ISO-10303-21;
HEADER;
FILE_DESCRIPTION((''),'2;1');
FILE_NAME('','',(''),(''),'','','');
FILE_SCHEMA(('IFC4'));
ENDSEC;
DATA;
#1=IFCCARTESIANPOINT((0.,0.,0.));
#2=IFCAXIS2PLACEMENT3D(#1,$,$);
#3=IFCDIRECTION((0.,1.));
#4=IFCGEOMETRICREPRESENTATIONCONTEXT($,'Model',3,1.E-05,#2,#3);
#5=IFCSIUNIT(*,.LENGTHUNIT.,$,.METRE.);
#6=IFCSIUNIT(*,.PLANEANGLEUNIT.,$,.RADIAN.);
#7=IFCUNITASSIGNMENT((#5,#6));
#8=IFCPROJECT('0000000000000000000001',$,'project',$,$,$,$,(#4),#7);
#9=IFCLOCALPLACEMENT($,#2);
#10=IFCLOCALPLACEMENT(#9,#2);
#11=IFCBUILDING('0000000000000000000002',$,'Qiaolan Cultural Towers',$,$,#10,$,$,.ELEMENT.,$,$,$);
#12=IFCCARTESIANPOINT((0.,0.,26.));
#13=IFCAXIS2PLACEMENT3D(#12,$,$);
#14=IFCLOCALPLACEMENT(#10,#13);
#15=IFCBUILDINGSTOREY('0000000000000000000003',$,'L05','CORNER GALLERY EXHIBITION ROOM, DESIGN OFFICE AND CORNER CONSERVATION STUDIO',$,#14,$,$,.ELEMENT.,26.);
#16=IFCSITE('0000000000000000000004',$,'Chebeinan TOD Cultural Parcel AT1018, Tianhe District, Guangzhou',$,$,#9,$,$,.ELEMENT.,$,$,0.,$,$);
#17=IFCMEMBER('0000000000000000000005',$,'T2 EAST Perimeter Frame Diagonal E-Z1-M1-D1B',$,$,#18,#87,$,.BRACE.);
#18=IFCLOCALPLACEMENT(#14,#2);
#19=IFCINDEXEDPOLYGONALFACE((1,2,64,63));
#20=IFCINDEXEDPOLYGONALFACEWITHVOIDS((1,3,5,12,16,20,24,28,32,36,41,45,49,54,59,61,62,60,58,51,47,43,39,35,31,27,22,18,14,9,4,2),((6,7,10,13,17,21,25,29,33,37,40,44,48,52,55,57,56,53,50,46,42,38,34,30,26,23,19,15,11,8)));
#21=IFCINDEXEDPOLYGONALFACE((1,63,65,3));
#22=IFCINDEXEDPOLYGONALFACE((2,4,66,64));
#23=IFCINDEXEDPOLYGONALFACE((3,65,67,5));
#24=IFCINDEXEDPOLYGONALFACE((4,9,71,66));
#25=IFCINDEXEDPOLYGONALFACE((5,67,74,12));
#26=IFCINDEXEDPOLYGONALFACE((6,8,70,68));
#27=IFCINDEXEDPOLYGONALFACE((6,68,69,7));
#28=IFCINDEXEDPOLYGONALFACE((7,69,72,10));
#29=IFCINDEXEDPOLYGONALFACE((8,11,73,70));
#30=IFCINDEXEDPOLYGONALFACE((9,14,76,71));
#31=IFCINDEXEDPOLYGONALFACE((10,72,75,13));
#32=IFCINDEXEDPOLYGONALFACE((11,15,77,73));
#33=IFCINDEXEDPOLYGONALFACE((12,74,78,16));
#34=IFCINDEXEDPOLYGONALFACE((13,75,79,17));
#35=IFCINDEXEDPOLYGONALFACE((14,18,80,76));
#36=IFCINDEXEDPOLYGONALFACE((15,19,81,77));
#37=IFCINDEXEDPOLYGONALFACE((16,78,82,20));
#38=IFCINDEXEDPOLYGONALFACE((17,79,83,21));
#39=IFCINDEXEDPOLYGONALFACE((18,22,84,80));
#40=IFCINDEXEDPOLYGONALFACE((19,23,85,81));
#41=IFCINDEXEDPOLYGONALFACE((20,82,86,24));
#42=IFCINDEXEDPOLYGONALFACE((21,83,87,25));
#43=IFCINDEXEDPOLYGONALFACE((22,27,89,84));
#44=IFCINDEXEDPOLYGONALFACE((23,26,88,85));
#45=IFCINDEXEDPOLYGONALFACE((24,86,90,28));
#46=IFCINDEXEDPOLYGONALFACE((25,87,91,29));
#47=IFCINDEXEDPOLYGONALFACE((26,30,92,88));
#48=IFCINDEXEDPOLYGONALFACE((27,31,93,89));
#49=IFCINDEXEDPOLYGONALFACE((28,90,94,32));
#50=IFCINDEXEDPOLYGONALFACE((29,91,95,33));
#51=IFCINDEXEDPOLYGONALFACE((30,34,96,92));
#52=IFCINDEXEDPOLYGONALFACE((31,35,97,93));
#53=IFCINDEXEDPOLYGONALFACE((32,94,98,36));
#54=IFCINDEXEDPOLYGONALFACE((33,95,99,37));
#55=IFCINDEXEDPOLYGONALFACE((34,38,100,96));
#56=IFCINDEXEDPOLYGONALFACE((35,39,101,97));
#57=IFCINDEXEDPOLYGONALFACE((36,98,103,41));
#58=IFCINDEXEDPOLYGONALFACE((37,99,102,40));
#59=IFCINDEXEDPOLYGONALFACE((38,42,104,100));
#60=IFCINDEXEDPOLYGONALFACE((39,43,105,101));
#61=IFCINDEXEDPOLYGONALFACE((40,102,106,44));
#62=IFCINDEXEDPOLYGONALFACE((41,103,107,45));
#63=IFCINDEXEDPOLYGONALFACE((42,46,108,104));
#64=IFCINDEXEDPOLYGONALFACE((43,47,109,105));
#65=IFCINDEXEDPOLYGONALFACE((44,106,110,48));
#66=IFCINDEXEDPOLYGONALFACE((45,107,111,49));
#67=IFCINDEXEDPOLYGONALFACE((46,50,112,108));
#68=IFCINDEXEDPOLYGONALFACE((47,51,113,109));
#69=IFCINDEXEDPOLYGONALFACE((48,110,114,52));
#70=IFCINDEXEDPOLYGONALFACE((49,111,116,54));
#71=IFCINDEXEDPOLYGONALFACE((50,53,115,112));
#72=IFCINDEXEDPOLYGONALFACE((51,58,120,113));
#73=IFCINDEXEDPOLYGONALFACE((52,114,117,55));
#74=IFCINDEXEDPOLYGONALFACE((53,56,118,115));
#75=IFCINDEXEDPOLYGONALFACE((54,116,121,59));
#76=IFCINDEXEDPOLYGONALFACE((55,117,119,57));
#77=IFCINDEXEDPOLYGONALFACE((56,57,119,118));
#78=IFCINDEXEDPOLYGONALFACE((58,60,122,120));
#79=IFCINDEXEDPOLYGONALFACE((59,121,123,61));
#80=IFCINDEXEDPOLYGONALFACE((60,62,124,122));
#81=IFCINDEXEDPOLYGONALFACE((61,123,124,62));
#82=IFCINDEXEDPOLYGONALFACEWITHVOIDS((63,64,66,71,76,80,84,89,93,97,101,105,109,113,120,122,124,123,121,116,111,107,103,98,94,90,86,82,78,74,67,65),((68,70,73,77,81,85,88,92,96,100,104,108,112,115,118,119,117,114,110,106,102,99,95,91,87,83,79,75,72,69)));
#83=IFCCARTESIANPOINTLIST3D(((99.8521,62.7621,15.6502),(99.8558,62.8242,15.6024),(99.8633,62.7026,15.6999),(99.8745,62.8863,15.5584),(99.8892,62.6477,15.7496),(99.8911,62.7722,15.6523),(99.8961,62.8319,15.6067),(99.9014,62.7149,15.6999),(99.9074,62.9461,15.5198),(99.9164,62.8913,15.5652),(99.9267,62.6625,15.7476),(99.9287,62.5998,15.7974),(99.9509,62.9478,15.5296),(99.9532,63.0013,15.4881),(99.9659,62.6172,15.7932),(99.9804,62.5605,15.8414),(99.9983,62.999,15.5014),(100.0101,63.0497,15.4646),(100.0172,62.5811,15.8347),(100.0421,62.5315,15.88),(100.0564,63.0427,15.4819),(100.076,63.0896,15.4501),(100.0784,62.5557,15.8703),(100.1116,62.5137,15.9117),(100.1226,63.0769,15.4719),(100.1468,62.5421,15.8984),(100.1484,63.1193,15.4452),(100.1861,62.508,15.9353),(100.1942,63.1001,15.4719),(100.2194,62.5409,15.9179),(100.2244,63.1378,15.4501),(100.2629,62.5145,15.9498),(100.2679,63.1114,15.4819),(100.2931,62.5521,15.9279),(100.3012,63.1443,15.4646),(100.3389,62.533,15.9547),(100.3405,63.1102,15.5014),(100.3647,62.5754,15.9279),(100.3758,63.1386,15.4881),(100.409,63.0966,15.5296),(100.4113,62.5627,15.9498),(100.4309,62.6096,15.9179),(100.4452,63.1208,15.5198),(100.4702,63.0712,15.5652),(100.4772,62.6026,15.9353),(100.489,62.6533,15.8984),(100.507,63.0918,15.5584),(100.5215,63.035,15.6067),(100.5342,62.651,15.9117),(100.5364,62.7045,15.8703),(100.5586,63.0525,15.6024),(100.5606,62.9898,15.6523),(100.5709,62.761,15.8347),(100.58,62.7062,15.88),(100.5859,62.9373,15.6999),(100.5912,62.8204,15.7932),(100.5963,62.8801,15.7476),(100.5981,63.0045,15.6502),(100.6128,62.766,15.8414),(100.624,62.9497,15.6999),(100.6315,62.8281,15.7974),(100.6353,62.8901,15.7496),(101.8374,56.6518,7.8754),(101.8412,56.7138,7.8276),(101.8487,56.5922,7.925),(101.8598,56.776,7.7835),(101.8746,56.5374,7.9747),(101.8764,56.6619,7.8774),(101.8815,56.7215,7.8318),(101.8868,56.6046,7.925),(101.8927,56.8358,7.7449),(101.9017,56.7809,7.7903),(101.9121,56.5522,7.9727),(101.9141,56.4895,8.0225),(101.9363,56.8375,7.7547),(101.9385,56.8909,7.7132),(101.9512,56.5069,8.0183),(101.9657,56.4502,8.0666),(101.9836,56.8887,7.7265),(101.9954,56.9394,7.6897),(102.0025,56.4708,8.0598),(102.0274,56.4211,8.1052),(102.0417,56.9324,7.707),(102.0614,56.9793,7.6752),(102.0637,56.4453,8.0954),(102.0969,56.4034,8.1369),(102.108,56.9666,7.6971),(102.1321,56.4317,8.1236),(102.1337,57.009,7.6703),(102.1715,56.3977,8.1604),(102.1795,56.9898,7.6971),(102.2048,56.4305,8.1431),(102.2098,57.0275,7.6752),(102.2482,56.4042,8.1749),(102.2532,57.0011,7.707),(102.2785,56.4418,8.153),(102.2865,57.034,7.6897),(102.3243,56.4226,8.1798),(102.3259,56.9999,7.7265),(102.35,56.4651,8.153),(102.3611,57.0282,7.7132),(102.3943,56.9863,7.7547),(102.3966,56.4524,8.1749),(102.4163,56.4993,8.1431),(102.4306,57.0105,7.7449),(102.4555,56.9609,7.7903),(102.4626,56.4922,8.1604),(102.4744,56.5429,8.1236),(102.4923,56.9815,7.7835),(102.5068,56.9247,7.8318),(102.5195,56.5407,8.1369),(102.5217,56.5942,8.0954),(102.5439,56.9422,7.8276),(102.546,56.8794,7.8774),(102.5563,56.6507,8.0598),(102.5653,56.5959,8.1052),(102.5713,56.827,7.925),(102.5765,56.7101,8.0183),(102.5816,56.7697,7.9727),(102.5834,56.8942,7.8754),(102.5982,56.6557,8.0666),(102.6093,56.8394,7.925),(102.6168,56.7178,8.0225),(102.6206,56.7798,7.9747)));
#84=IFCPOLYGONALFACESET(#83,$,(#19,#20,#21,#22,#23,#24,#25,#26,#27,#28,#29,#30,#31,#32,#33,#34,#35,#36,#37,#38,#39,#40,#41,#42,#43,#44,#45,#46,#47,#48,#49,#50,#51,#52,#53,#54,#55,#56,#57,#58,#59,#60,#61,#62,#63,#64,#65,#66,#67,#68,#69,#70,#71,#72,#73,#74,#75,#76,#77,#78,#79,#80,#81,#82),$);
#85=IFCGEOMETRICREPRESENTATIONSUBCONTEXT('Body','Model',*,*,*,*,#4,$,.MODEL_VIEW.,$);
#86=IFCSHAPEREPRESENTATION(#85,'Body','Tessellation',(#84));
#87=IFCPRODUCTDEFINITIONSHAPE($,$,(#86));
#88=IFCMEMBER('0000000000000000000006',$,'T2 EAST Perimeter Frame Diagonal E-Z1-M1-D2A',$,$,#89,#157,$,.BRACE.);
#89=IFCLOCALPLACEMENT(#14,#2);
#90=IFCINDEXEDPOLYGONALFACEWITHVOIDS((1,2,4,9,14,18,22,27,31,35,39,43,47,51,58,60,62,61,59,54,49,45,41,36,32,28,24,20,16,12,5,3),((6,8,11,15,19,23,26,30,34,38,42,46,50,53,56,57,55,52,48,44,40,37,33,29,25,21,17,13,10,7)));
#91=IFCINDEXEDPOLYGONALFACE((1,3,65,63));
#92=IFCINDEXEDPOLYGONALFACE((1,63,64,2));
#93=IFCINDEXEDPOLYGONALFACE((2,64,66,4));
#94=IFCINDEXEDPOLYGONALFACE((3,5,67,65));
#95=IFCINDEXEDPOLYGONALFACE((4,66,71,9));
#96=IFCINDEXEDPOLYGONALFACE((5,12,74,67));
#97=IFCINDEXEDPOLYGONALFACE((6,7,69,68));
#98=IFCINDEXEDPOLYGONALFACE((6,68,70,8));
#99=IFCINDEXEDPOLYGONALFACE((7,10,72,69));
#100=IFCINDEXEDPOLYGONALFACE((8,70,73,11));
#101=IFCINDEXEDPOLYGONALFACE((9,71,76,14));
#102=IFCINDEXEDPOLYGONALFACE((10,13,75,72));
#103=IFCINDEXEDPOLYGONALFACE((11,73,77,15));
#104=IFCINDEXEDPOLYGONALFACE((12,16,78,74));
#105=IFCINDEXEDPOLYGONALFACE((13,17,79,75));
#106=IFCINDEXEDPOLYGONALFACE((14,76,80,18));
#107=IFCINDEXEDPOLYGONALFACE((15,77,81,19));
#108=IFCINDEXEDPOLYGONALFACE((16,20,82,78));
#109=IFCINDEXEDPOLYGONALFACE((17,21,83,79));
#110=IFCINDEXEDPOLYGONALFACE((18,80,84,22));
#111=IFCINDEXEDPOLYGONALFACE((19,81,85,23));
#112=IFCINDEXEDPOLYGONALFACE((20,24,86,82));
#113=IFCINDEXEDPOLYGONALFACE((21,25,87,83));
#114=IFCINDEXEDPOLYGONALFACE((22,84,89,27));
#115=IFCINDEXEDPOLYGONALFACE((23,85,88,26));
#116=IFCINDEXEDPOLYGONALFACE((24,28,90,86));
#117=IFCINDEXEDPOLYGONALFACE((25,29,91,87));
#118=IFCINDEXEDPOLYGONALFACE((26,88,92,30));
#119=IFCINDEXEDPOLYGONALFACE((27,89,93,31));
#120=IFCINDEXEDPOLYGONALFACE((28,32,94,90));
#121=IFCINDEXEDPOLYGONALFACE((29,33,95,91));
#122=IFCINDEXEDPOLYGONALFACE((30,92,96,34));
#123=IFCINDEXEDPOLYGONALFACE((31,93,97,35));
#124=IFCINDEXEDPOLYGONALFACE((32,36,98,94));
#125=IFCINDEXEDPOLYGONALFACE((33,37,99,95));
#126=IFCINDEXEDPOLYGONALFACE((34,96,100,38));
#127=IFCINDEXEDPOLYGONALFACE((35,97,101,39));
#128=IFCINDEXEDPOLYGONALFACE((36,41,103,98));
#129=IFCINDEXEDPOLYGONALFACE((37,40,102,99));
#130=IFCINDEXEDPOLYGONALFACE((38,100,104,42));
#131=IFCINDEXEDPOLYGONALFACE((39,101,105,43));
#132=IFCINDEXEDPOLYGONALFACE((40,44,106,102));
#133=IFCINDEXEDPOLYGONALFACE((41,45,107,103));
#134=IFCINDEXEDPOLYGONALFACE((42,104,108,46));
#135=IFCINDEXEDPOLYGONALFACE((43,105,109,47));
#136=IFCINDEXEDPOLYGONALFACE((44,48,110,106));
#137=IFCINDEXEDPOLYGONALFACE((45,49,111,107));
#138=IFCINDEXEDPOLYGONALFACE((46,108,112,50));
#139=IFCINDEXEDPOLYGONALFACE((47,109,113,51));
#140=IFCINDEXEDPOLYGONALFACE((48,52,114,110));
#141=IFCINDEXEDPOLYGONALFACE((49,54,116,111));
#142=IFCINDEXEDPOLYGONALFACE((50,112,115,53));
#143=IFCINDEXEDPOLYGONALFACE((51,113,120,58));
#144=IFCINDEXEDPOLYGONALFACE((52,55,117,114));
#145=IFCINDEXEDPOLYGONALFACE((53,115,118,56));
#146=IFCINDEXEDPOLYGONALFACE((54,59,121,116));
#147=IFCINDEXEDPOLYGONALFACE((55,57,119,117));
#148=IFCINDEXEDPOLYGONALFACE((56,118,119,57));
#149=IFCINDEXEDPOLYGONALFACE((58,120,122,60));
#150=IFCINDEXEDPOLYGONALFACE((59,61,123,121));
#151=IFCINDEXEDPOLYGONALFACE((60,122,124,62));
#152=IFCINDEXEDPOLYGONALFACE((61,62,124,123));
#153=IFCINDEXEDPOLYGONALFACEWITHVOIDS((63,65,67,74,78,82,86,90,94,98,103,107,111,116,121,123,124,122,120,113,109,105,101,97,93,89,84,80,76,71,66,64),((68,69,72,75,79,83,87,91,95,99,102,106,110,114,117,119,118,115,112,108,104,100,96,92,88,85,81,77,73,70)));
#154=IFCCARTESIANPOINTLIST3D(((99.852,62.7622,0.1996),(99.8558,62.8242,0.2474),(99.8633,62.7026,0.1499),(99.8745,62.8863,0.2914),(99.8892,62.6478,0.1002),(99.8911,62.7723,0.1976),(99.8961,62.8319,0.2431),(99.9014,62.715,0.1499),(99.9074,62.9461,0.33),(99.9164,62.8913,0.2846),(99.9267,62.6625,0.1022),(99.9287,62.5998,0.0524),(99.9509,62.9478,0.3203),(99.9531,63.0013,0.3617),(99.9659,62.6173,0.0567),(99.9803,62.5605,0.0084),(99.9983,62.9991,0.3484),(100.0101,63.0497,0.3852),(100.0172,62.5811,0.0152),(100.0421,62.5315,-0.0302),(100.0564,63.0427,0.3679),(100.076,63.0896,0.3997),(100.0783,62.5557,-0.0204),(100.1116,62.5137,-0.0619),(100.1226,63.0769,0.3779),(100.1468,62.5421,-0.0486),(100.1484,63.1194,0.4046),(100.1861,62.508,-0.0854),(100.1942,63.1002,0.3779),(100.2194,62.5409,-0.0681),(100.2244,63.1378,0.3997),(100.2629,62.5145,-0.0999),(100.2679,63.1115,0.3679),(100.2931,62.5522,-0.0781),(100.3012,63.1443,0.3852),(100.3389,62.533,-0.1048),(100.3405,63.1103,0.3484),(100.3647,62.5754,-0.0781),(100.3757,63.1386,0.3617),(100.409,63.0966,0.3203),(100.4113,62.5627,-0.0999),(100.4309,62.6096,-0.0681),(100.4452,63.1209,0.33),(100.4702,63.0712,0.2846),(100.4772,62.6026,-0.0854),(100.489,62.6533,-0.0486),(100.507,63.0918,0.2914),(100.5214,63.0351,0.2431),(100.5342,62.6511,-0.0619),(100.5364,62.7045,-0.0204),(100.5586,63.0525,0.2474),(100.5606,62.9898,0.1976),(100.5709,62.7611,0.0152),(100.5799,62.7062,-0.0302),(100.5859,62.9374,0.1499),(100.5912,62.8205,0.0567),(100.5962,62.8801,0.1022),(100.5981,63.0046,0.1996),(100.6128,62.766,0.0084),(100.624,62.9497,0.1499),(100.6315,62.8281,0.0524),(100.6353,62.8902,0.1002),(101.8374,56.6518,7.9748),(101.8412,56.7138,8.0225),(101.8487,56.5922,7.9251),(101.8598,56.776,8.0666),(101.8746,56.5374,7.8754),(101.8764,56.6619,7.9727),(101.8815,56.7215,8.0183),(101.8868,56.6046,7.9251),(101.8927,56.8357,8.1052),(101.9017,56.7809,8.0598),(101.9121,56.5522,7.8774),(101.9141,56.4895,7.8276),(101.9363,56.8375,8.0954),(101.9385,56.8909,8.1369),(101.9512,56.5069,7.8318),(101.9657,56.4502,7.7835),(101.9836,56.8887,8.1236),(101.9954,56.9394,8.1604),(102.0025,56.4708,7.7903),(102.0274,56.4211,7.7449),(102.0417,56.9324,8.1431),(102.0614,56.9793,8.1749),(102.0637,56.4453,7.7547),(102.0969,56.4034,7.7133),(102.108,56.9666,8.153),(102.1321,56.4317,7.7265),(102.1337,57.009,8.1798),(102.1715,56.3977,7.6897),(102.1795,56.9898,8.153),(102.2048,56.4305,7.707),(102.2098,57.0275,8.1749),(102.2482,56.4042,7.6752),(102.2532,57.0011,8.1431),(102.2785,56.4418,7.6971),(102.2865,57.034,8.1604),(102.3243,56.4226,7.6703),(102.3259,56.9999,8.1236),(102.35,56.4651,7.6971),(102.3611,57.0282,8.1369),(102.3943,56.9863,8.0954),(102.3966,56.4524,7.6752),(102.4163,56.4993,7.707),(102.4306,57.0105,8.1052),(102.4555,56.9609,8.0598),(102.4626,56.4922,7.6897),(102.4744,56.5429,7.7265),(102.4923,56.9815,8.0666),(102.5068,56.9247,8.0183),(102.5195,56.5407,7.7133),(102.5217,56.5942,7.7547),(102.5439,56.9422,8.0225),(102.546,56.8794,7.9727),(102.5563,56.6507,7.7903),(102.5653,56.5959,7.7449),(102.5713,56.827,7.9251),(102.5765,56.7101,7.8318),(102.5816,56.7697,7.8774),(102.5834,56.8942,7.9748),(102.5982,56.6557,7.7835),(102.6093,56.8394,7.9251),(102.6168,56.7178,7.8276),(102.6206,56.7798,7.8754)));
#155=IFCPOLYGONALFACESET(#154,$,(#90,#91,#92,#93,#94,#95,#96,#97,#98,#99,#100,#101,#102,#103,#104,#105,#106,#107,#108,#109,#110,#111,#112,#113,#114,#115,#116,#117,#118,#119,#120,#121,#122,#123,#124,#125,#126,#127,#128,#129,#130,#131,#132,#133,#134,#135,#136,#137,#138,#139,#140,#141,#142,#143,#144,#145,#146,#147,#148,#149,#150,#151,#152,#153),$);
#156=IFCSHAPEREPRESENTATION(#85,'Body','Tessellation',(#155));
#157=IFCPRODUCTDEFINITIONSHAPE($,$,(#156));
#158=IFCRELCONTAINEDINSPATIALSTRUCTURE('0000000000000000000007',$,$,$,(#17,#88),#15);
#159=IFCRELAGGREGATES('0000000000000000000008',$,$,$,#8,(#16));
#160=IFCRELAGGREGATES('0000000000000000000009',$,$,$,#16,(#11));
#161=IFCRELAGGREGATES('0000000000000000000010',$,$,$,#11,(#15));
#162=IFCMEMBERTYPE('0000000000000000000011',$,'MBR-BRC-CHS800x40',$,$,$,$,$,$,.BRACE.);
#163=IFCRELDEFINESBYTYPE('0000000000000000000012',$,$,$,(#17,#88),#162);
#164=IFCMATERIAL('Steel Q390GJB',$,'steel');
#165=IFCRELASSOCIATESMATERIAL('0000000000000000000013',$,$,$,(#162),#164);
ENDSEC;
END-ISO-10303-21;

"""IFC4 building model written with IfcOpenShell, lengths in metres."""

from ifc_helpers import new_model, si_unit, direction, frame, origin, origin_2d, place, context, subcontext, project, spatial, hollow_circle, extrude, material, material_profile, profile_set, type_object, element, save


model = new_model("IFC4")

# Units and contexts
model_context = context("Model", 3, precision=1e-05, world=origin(), true_north=direction((0.0, 1.0)))
body_context = subcontext(model_context, "Body", "Model", "MODEL_VIEW")
ifc_project = project(units=[si_unit("LENGTHUNIT", "METRE"), si_unit("PLANEANGLEUNIT", "RADIAN")], contexts=[model_context])

# Site, building, storey
site_placement = place(None, origin())
site = spatial("IfcSite", under=ifc_project, at=site_placement, Name="Chebeinan TOD Cultural Parcel AT1018, Tianhe District, Guangzhou", CompositionType="ELEMENT", RefElevation=0.0)
building_placement = place(site_placement, origin())
building = spatial("IfcBuilding", under=site, at=building_placement, Name="Qiaolan Cultural Towers", CompositionType="ELEMENT")
storey_placement = place(building_placement, frame((0.0, 0.0, 26.0)))
storey = spatial("IfcBuildingStorey", under=building, at=storey_placement, Name="L05", Description="CORNER GALLERY EXHIBITION ROOM, DESIGN OFFICE AND CORNER CONSERVATION STUDIO", CompositionType="ELEMENT", Elevation=26.0)

# Members
ifc_material_1 = material(Name="Steel Q390GJB", Category="steel")
ifc_material_profile_1 = material_profile(ifc_material_1, hollow_circle(Radius=0.3999, WallThickness=0.04, at=origin_2d()), Name="CHS800x40")
ifc_profile_set_1 = profile_set([ifc_material_profile_1], Name="Steel Q390GJB")
member_type = type_object("IfcMemberType", Name="MBR-BRC-CHS800x40", PredefinedType="BRACE", material=ifc_profile_set_1)
member_1_placement = place(storey_placement, frame((102.229, 56.7158, 7.925), z_axis=(-0.196843, 0.605826, 0.770862), x_axis=(-0.951058, -0.309014, 0.0)))
element("IfcMember", 1, at=member_1_placement, inside=storey, type_object=member_type, Name="T2 EAST Perimeter Frame Diagonal E-Z1-M1-D1B", PredefinedType="BRACE", context=body_context, shape_type="SweptSolid", body=[
    extrude(hollow_circle(Radius=0.3999, WallThickness=0.04, at=origin_2d()), origin(), (0.0, 0.0, 1.0), 10.0859),
])
for number, where, z_axis, x_axis, name in (
    (2, (100.2437, 62.8262, 0.1499), (0.196839, -0.605815, 0.770872), (0.951058, 0.309014, 0.0), "T2 EAST Perimeter Frame Diagonal E-Z1-M1-D2A"),
):
    element("IfcMember", number, at=place(storey_placement, frame(where, z_axis=z_axis, x_axis=x_axis)), inside=storey, type_object=member_type, Name=name, PredefinedType="BRACE", context=body_context, shape_type="SweptSolid", body=[
        extrude(hollow_circle(Radius=0.3999, WallThickness=0.04, at=origin_2d()), origin(), (0.0, 0.0, 1.0), 10.0862),
    ])

save(model, "model.ifc")
